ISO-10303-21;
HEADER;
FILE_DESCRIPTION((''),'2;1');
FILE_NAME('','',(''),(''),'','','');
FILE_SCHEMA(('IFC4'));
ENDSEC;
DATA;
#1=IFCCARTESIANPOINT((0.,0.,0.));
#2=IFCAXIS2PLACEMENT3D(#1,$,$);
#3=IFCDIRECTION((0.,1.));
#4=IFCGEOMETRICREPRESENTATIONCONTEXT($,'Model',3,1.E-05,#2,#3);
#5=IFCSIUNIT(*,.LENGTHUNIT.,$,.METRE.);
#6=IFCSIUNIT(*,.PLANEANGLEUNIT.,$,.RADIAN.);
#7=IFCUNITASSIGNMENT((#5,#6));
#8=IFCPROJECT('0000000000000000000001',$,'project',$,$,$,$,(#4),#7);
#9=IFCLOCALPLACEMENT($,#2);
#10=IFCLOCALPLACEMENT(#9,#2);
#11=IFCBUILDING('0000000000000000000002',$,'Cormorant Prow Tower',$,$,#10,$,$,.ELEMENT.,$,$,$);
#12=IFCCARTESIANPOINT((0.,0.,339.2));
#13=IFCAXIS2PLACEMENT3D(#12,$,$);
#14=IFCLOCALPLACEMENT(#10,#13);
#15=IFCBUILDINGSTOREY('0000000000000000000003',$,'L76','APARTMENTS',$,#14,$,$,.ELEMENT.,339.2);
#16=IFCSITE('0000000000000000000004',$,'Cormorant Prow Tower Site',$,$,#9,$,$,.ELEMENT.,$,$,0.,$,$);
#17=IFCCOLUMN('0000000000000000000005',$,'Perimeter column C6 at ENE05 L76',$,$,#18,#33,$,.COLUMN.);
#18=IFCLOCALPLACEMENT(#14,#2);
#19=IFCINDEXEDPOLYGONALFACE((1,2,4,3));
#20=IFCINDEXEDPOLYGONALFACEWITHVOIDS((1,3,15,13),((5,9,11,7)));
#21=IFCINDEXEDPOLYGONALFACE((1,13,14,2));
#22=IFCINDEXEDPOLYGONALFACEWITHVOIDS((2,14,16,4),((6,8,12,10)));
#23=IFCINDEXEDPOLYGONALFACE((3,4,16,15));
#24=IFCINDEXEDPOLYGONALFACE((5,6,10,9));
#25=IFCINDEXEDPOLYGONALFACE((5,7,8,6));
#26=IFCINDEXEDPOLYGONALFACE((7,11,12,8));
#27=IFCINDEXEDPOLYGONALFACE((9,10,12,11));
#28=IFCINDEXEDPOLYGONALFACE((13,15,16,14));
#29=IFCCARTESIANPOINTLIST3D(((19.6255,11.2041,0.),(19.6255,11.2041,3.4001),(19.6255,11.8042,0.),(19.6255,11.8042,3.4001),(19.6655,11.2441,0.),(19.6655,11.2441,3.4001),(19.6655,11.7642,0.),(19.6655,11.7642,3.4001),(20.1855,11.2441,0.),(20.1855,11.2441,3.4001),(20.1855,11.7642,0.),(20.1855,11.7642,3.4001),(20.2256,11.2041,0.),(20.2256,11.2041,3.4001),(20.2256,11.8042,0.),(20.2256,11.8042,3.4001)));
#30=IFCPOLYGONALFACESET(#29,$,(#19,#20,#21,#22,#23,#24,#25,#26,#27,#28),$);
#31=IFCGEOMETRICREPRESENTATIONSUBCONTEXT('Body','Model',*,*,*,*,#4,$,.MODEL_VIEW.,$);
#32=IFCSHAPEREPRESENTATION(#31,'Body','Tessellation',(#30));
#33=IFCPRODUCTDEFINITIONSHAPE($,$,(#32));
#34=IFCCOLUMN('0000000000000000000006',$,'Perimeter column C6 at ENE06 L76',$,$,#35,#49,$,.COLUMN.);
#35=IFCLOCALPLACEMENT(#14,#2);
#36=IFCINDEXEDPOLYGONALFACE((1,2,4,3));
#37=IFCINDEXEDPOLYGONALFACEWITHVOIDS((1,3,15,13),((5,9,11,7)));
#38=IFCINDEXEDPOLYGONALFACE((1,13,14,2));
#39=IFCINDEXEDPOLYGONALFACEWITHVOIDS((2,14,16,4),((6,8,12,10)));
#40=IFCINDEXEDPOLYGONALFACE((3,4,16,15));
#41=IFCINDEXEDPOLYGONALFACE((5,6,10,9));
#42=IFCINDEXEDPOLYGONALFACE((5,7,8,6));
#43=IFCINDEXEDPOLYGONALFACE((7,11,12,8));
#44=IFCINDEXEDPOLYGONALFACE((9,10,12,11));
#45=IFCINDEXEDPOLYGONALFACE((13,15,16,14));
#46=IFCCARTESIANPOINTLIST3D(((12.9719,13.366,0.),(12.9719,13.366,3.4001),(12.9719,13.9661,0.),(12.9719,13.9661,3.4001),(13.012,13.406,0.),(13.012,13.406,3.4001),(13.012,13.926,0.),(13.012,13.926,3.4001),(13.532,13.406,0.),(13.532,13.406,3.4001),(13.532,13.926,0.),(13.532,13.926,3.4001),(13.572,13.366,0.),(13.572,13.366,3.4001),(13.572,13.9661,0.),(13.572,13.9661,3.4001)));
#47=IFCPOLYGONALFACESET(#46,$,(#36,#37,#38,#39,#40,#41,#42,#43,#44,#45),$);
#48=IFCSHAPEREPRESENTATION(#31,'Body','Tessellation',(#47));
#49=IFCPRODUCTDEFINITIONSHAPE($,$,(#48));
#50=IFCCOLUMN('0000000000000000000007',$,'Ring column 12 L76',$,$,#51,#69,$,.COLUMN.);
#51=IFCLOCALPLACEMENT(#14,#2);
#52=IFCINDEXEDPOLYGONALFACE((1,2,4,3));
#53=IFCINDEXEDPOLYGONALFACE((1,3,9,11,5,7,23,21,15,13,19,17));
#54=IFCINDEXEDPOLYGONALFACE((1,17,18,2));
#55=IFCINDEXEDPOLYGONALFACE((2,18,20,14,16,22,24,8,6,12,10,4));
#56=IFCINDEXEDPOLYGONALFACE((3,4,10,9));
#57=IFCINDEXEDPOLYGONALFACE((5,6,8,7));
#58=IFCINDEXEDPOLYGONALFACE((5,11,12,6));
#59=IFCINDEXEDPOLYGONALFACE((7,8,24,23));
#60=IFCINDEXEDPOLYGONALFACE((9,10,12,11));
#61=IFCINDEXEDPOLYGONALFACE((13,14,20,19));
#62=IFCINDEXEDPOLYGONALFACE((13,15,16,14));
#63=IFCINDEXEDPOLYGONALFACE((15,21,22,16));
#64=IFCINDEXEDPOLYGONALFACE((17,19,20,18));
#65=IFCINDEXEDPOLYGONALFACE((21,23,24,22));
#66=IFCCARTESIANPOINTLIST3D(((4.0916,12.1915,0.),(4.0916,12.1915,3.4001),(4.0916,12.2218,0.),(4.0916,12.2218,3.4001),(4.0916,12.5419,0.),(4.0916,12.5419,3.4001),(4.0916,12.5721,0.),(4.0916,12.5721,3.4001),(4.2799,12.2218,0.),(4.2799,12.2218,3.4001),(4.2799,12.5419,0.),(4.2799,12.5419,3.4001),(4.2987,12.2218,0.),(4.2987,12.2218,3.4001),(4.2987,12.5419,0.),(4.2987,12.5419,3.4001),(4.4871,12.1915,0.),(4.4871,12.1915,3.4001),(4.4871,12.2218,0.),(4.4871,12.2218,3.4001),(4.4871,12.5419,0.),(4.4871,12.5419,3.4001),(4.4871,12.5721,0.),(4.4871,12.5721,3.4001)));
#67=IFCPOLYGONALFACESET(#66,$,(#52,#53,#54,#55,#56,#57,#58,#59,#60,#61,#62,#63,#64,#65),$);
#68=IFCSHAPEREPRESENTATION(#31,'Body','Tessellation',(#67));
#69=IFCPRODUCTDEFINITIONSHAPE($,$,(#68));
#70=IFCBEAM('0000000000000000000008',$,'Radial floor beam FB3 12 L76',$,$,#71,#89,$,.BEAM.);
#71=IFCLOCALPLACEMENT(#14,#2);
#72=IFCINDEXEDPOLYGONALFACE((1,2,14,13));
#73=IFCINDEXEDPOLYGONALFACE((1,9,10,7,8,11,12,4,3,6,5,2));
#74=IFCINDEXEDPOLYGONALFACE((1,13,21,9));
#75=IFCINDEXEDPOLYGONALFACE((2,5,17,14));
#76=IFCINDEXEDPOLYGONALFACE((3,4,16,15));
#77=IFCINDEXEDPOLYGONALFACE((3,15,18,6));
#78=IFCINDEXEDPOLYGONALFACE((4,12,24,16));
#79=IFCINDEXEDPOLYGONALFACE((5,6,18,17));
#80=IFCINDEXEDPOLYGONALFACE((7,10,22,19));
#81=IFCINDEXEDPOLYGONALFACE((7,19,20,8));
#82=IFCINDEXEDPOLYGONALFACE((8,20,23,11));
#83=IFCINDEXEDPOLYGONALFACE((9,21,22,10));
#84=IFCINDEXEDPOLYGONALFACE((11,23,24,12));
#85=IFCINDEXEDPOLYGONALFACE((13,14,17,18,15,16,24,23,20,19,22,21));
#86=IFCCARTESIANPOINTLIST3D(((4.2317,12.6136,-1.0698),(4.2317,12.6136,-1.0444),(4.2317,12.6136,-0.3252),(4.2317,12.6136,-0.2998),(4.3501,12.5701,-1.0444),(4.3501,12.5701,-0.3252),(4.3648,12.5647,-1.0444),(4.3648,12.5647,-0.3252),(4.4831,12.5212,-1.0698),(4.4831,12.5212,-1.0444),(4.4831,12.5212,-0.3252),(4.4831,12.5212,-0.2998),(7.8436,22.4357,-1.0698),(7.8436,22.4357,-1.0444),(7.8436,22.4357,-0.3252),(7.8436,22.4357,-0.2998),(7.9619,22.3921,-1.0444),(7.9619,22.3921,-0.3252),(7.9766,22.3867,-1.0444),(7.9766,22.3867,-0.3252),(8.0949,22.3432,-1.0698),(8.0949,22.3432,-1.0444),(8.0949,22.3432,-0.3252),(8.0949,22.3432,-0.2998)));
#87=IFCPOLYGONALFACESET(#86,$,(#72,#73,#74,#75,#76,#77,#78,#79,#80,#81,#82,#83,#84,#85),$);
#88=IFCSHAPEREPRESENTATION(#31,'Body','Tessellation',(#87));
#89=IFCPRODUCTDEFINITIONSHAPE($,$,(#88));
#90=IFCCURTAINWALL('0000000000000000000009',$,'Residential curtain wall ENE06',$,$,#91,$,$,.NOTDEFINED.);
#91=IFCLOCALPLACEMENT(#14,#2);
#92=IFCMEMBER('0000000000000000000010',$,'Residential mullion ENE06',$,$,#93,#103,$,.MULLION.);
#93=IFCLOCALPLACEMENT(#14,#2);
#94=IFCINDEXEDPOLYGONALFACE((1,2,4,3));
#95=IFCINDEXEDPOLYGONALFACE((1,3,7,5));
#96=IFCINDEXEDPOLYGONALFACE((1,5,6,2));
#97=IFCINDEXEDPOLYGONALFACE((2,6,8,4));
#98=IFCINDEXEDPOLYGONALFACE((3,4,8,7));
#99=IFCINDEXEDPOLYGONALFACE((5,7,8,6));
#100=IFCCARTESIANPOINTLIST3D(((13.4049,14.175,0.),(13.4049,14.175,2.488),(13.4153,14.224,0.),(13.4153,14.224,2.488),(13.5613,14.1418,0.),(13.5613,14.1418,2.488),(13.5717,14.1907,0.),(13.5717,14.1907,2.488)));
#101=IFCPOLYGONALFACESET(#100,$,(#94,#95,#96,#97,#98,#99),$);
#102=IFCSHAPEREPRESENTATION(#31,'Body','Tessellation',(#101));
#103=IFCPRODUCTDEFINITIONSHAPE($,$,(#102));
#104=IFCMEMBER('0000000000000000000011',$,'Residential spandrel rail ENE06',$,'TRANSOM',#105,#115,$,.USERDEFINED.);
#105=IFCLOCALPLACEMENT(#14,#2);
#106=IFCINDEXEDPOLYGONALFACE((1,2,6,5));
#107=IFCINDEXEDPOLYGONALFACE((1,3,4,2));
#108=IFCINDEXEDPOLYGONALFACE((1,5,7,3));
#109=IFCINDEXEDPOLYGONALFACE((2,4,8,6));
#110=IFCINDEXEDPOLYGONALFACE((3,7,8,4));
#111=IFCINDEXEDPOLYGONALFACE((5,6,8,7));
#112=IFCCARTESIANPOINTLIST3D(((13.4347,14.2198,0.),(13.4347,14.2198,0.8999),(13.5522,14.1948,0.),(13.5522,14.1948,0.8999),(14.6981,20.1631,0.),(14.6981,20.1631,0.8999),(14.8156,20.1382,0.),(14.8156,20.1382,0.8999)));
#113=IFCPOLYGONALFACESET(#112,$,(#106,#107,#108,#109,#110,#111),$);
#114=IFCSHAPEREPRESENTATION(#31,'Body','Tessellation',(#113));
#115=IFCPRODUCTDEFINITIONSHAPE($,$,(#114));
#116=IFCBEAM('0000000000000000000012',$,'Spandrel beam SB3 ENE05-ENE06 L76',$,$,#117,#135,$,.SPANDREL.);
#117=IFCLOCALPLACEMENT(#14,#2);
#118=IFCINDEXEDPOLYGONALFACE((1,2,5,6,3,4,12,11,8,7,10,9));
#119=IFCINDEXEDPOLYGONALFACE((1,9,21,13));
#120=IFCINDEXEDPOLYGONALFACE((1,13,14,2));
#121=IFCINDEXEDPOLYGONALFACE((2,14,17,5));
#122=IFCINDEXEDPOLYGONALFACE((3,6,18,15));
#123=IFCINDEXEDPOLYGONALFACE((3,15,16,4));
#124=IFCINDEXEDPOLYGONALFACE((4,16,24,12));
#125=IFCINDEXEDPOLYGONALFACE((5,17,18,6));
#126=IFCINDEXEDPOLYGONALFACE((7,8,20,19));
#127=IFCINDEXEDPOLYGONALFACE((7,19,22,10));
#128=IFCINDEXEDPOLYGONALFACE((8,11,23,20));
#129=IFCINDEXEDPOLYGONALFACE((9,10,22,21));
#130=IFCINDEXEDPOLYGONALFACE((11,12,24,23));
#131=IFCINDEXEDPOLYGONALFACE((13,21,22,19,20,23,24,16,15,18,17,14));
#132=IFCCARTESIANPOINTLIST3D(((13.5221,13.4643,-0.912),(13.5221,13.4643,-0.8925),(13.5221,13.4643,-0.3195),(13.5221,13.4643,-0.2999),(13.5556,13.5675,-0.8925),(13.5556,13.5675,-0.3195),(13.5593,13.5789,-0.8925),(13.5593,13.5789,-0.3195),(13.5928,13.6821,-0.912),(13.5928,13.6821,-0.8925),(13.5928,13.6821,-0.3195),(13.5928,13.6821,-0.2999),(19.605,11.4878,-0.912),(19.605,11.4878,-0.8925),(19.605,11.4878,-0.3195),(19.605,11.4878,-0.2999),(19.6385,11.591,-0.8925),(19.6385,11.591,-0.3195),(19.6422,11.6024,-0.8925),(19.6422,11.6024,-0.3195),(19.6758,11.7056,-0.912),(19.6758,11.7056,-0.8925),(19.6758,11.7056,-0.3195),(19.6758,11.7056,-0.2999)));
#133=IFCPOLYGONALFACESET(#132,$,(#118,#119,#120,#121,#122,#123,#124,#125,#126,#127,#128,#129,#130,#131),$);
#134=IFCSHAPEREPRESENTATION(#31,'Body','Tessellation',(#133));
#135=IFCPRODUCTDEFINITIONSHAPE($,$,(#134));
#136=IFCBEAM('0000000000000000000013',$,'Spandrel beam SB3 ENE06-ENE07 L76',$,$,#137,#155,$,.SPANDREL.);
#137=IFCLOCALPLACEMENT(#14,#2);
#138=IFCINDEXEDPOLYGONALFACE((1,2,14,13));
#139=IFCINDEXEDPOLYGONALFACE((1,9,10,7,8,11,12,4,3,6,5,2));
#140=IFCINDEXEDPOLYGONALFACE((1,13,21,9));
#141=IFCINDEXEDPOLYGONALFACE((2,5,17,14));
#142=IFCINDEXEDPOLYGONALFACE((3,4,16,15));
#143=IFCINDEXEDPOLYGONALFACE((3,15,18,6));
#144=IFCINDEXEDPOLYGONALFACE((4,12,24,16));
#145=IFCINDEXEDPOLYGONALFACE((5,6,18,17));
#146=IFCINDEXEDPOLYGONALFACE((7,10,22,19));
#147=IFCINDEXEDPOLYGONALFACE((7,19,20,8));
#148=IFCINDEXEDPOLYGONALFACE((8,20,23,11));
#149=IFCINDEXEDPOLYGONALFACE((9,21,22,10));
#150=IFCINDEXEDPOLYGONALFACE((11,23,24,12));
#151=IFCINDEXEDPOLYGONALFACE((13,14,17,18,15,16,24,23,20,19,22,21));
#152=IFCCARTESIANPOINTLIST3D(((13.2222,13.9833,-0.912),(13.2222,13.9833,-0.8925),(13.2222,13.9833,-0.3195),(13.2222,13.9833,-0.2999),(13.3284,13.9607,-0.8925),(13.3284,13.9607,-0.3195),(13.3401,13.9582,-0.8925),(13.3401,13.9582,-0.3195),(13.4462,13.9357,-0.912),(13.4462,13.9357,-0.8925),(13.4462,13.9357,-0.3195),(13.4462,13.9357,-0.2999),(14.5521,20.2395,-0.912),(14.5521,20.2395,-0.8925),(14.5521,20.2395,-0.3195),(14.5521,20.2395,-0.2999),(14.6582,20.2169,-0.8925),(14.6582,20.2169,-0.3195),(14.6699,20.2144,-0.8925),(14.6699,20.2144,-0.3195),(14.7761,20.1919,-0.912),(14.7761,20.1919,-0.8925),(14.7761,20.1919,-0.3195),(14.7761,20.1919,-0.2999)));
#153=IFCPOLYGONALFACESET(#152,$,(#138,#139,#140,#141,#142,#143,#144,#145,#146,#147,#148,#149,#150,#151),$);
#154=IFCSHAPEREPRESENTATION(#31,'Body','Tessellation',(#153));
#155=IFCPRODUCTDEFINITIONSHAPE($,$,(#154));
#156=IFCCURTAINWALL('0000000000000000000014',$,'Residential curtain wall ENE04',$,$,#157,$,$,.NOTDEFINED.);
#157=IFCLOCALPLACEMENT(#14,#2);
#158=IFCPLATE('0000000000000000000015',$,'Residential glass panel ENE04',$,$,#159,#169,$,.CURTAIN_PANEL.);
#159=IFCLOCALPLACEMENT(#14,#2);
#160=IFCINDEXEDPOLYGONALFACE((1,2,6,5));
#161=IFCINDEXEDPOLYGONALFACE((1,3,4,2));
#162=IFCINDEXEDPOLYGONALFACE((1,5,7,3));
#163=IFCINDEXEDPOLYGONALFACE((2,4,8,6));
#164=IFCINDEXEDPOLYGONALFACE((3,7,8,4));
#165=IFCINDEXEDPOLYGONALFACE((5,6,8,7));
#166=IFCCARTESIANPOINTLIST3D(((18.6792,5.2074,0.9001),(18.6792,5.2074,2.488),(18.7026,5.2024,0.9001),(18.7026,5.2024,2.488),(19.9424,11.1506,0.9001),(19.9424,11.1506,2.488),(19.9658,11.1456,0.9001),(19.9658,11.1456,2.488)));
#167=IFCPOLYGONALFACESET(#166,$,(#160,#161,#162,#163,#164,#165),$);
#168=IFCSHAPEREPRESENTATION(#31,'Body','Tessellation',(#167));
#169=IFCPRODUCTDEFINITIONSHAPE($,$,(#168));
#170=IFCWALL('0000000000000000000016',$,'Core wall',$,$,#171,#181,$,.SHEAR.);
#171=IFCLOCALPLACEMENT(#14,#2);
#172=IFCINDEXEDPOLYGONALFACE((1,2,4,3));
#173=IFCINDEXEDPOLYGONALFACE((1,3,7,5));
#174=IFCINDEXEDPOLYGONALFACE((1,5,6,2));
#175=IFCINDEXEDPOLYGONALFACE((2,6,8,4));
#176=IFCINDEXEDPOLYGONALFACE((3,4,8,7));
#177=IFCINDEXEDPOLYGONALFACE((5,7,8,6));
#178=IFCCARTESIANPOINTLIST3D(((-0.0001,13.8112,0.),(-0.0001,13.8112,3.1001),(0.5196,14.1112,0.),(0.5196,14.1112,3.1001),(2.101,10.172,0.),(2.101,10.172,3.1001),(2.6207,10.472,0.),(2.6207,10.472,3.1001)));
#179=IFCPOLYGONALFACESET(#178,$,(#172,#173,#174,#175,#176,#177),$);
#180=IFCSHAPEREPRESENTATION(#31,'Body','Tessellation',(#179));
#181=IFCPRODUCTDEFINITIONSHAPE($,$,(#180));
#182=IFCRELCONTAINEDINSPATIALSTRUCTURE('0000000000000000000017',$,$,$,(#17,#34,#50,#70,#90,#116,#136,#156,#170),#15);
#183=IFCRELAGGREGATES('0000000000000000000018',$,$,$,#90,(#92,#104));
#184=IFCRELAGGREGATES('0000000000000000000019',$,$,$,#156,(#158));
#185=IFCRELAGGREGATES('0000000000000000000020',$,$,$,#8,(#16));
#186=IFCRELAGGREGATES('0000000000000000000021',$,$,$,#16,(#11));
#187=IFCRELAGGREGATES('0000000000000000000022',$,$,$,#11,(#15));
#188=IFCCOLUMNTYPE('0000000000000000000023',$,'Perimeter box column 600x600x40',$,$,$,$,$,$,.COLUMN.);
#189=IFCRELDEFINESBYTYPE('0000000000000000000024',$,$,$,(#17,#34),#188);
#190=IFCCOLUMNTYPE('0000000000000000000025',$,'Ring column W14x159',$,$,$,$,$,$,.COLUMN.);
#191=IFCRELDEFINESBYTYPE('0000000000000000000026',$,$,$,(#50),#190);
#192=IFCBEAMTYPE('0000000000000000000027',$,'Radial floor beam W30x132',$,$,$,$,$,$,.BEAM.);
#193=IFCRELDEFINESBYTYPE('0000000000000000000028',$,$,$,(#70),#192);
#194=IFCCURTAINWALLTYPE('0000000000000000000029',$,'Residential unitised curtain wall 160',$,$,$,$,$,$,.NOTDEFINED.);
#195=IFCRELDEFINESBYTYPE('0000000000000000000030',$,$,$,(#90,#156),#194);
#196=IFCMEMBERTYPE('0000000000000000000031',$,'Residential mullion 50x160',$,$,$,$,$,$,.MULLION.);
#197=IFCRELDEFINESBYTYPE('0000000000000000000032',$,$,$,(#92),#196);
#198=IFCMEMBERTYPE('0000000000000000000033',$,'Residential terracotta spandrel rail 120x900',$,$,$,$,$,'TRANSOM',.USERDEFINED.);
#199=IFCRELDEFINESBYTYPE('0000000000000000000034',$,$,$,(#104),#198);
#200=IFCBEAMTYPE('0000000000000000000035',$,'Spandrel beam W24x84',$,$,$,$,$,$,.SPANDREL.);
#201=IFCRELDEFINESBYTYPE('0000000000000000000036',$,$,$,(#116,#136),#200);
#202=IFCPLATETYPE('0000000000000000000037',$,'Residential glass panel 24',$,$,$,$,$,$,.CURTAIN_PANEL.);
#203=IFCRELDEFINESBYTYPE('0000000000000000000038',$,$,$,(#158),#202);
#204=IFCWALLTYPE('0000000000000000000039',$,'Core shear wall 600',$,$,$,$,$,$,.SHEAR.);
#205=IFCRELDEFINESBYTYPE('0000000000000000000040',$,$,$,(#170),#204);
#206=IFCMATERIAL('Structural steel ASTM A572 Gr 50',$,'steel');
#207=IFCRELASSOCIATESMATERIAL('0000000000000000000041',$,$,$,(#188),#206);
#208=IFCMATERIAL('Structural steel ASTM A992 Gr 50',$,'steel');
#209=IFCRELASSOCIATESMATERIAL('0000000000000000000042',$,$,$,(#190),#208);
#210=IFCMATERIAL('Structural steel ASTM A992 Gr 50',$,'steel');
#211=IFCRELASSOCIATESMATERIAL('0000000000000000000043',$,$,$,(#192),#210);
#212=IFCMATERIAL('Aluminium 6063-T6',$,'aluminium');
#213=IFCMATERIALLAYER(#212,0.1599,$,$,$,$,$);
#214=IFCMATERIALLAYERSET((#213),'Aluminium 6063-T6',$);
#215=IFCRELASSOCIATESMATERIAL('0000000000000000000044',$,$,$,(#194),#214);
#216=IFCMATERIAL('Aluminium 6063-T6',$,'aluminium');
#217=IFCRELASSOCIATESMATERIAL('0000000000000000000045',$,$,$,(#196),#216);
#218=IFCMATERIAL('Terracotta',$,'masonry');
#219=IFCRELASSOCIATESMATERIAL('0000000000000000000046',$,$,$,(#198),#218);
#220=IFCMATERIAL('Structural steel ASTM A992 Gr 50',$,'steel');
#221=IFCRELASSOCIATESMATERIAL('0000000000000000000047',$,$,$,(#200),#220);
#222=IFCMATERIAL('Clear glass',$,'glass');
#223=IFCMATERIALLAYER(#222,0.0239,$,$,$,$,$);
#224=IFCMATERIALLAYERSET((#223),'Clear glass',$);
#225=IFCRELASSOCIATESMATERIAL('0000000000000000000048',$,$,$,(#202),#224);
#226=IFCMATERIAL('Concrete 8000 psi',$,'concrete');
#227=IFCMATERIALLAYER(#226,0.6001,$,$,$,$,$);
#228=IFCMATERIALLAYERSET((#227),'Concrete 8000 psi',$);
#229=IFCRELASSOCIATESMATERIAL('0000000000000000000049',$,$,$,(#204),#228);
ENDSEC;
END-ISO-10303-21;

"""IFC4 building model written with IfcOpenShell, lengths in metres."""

from ifc_helpers import new_model, si_unit, direction, frame, frame_2d, origin, origin_2d, place, context, subcontext, project, spatial, rectangle, hollow_rectangle, i_section, extrude, material, layer, layer_set, material_profile, profile_set, type_object, element, aggregate, save


model = new_model("IFC4")

# Units and contexts
model_context = context("Model", 3, precision=1e-05, world=origin(), true_north=direction((0.0, 1.0)))
body_context = subcontext(model_context, "Body", "Model", "MODEL_VIEW")
ifc_project = project(units=[si_unit("LENGTHUNIT", "METRE"), si_unit("PLANEANGLEUNIT", "RADIAN")], contexts=[model_context])

# Site, building, storey
site_placement = place(None, origin())
site = spatial("IfcSite", under=ifc_project, at=site_placement, Name="Cormorant Prow Tower Site", CompositionType="ELEMENT", RefElevation=0.0)
building_placement = place(site_placement, origin())
building = spatial("IfcBuilding", under=site, at=building_placement, Name="Cormorant Prow Tower", CompositionType="ELEMENT")
storey_placement = place(building_placement, frame((0.0, 0.0, 339.2)))
storey = spatial("IfcBuildingStorey", under=building, at=storey_placement, Name="L76", Description="APARTMENTS", CompositionType="ELEMENT", Elevation=339.2)

# Columns
ifc_material_1 = material(Name="Structural steel ASTM A572 Gr 50", Category="steel")
ifc_material_profile_1 = material_profile(ifc_material_1, hollow_rectangle(XDim=0.6001, YDim=0.6001, WallThickness=0.04, at=origin_2d()), Name="Box 600x600x40")
ifc_profile_set_1 = profile_set([ifc_material_profile_1], Name="Structural steel ASTM A572 Gr 50")
column_type_1 = type_object("IfcColumnType", Name="Perimeter box column 600x600x40", PredefinedType="COLUMN", material=ifc_profile_set_1)
for number, where, z_axis, x_axis, name in (
    (1, (19.9255, 11.5042, 0.0), (0.0, 0.0, 1.0), (1.0, 0.0, 0.0), "Perimeter column C6 at ENE05 L76"),
    (2, (13.272, 13.666, 0.0), (0.0, 0.0, 1.0), (1.0, 0.0, 0.0), "Perimeter column C6 at ENE06 L76"),
):
    element("IfcColumn", number, at=place(storey_placement, frame(where, z_axis=z_axis, x_axis=x_axis)), inside=storey, type_object=column_type_1, Name=name, PredefinedType="COLUMN", context=body_context, shape_type="SweptSolid", body=[
        extrude(hollow_rectangle(XDim=0.6001, YDim=0.6001, WallThickness=0.04, at=origin_2d()), origin(), (0.0, 0.0, 1.0), 3.4001),
    ])
ifc_material_2 = material(Name="Structural steel ASTM A992 Gr 50", Category="steel")
ifc_material_profile_2 = material_profile(ifc_material_2, i_section(OverallWidth=0.3955, OverallDepth=0.3806, WebThickness=0.0188, FlangeThickness=0.0303, at=origin_2d()), Name="W14x159")
ifc_profile_set_2 = profile_set([ifc_material_profile_2], Name="Structural steel ASTM A992 Gr 50")
column_type_2 = type_object("IfcColumnType", Name="Ring column W14x159", PredefinedType="COLUMN", material=ifc_profile_set_2)
column_placement = place(storey_placement, frame((4.2893, 12.3818, 0.0), z_axis=(0.0, 0.0, 1.0), x_axis=(1.0, 0.0, 0.0)))
element("IfcColumn", 3, at=column_placement, inside=storey, type_object=column_type_2, Name="Ring column 12 L76", PredefinedType="COLUMN", context=body_context, shape_type="SweptSolid", body=[
    extrude(i_section(OverallWidth=0.3955, OverallDepth=0.3806, WebThickness=0.0188, FlangeThickness=0.0303, at=origin_2d()), origin(), (0.0, 0.0, 1.0), 3.4001),
])

# Beam
ifc_material_3 = material(Name="Structural steel ASTM A992 Gr 50", Category="steel")
ifc_material_profile_3 = material_profile(ifc_material_3, i_section(OverallWidth=0.2678, OverallDepth=0.77, WebThickness=0.0156, FlangeThickness=0.0254, at=origin_2d()), Name="W30x132")
ifc_profile_set_3 = profile_set([ifc_material_profile_3], Name="Structural steel ASTM A992 Gr 50")
beam_type_1 = type_object("IfcBeamType", Name="Radial floor beam W30x132", PredefinedType="BEAM", material=ifc_profile_set_3)
beam_placement = place(storey_placement, frame((4.3574, 12.5674, -0.6848), z_axis=(0.345131, 0.938554, 0.0), x_axis=(-0.938554, 0.345131, 0.0)))
element("IfcBeam", 4, at=beam_placement, inside=storey, type_object=beam_type_1, Name="Radial floor beam FB3 12 L76", PredefinedType="BEAM", context=body_context, shape_type="SweptSolid", body=[
    extrude(i_section(OverallWidth=0.2678, OverallDepth=0.77, WebThickness=0.0156, FlangeThickness=0.0254, at=origin_2d()), origin(), (0.0, 0.0, 1.0), 10.4651),
])

# Curtain wall, members
ifc_material_4 = material(Name="Aluminium 6063-T6", Category="aluminium")
ifc_layer_1 = layer(ifc_material_4, 0.1599)
ifc_layer_set_1 = layer_set([ifc_layer_1], Name="Aluminium 6063-T6")
curtain_wall_type = type_object("IfcCurtainWallType", Name="Residential unitised curtain wall 160", PredefinedType="NOTDEFINED", material=ifc_layer_set_1)
curtain_wall_1_placement = place(storey_placement, origin())
curtain_wall_1 = element("IfcCurtainWall", 5, at=curtain_wall_1_placement, inside=storey, type_object=curtain_wall_type, Name="Residential curtain wall ENE06", PredefinedType="NOTDEFINED")
ifc_material_5 = material(Name="Aluminium 6063-T6", Category="aluminium")
ifc_material_profile_4 = material_profile(ifc_material_5, rectangle(XDim=0.1599, YDim=0.05, at=origin_2d()), Name="Residential mullion 50x160")
ifc_profile_set_4 = profile_set([ifc_material_profile_4], Name="Aluminium 6063-T6")
member_type_1 = type_object("IfcMemberType", Name="Residential mullion 50x160", PredefinedType="MULLION", material=ifc_profile_set_4)
member_1_placement = place(storey_placement, frame((13.4883, 14.1829, 0.0), z_axis=(0.0, 0.0, 1.0), x_axis=(-0.978148, 0.207912, 0.0)))
member_1 = element("IfcMember", 6, at=member_1_placement, type_object=member_type_1, Name="Residential mullion ENE06", PredefinedType="MULLION", context=body_context, shape_type="SweptSolid", body=[
    extrude(rectangle(XDim=0.1599, YDim=0.05, at=origin_2d()), origin(), (0.0, 0.0, 1.0), 2.488),
])
ifc_material_6 = material(Name="Terracotta", Category="masonry")
ifc_material_profile_5 = material_profile(ifc_material_6, rectangle(XDim=0.1201, YDim=0.8999, at=origin_2d()), Name="Residential terracotta spandrel rail 120x900")
ifc_profile_set_5 = profile_set([ifc_material_profile_5], Name="Terracotta")
member_type_2 = type_object("IfcMemberType", Name="Residential terracotta spandrel rail 120x900", ElementType="TRANSOM", PredefinedType="USERDEFINED", material=ifc_profile_set_5)
member_2_placement = place(storey_placement, frame((13.4934, 14.2073, 0.45), z_axis=(0.207932, 0.978143, 0.0), x_axis=(-0.978143, 0.207932, 0.0)))
member_2 = element("IfcMember", 7, at=member_2_placement, type_object=member_type_2, Name="Residential spandrel rail ENE06", ObjectType="TRANSOM", PredefinedType="USERDEFINED", context=body_context, shape_type="SweptSolid", body=[
    extrude(rectangle(XDim=0.1201, YDim=0.8999, at=origin_2d()), origin(), (0.0, 0.0, 1.0), 6.0762),
])
aggregate(curtain_wall_1, [member_1, member_2])

# Beams
ifc_material_7 = material(Name="Structural steel ASTM A992 Gr 50", Category="steel")
ifc_material_profile_6 = material_profile(ifc_material_7, i_section(OverallWidth=0.229, OverallDepth=0.6121, WebThickness=0.012, FlangeThickness=0.0195, at=origin_2d()), Name="W24x84")
ifc_profile_set_6 = profile_set([ifc_material_profile_6], Name="Structural steel ASTM A992 Gr 50")
beam_type_2 = type_object("IfcBeamType", Name="Spandrel beam W24x84", PredefinedType="SPANDREL", material=ifc_profile_set_6)
for number, where, z_axis, x_axis, name in (
    (8, (19.6404, 11.5967, -0.606), (-0.951053, 0.309027, 0.0), (-0.309027, -0.951053, 0.0), "Spandrel beam SB3 ENE05-ENE06 L76"),
    (9, (13.3342, 13.9595, -0.606), (0.20792, 0.978146, 0.0), (-0.978146, 0.20792, 0.0), "Spandrel beam SB3 ENE06-ENE07 L76"),
):
    element("IfcBeam", number, at=place(storey_placement, frame(where, z_axis=z_axis, x_axis=x_axis)), inside=storey, type_object=beam_type_2, Name=name, PredefinedType="SPANDREL", context=body_context, shape_type="SweptSolid", body=[
        extrude(i_section(OverallWidth=0.229, OverallDepth=0.6121, WebThickness=0.012, FlangeThickness=0.0195, at=origin_2d()), origin(), (0.0, 0.0, 1.0), 6.396),
    ])

# Curtain wall, plate
curtain_wall_2_placement = place(storey_placement, origin())
curtain_wall_2 = element("IfcCurtainWall", 10, at=curtain_wall_2_placement, inside=storey, type_object=curtain_wall_type, Name="Residential curtain wall ENE04", PredefinedType="NOTDEFINED")
ifc_material_8 = material(Name="Clear glass", Category="glass")
ifc_layer_2 = layer(ifc_material_8, 0.0239)
ifc_layer_set_2 = layer_set([ifc_layer_2], Name="Clear glass")
plate_type = type_object("IfcPlateType", Name="Residential glass panel 24", PredefinedType="CURTAIN_PANEL", material=ifc_layer_set_2)
plate_placement = place(storey_placement, frame((19.3225, 8.1765, 0.9001), z_axis=(0.0, 0.0, 1.0), x_axis=(0.207912, 0.978148, 0.0)))
plate = element("IfcPlate", 11, at=plate_placement, type_object=plate_type, Name="Residential glass panel ENE04", PredefinedType="CURTAIN_PANEL", context=body_context, shape_type="SweptSolid", body=[
    extrude(rectangle(XDim=6.0759, YDim=0.0239, at=origin_2d()), origin(), (0.0, 0.0, 1.0), 1.5879),
])
aggregate(curtain_wall_2, [plate])

# Wall
ifc_material_9 = material(Name="Concrete 8000 psi", Category="concrete")
ifc_layer_3 = layer(ifc_material_9, 0.6001)
ifc_layer_set_3 = layer_set([ifc_layer_3], Name="Concrete 8000 psi")
wall_type_1 = type_object("IfcWallType", Name="Core shear wall 600", PredefinedType="SHEAR", material=ifc_layer_set_3)
wall_1_placement = place(storey_placement, frame((2.3608, 10.322, 0.0), z_axis=(0.0, 0.0, 1.0), x_axis=(-0.500001, 0.866025, 0.0)))
element("IfcWall", 12, at=wall_1_placement, inside=storey, type_object=wall_type_1, Name="Core wall", PredefinedType="SHEAR", context=body_context, shape_type="SweptSolid", body=[
    extrude(rectangle(XDim=4.2021, YDim=0.6001, at=frame_2d((2.1011, 0.0))), origin(), (0.0, 0.0, 1.0), 3.1001),
])

save(model, "model.ifc")
